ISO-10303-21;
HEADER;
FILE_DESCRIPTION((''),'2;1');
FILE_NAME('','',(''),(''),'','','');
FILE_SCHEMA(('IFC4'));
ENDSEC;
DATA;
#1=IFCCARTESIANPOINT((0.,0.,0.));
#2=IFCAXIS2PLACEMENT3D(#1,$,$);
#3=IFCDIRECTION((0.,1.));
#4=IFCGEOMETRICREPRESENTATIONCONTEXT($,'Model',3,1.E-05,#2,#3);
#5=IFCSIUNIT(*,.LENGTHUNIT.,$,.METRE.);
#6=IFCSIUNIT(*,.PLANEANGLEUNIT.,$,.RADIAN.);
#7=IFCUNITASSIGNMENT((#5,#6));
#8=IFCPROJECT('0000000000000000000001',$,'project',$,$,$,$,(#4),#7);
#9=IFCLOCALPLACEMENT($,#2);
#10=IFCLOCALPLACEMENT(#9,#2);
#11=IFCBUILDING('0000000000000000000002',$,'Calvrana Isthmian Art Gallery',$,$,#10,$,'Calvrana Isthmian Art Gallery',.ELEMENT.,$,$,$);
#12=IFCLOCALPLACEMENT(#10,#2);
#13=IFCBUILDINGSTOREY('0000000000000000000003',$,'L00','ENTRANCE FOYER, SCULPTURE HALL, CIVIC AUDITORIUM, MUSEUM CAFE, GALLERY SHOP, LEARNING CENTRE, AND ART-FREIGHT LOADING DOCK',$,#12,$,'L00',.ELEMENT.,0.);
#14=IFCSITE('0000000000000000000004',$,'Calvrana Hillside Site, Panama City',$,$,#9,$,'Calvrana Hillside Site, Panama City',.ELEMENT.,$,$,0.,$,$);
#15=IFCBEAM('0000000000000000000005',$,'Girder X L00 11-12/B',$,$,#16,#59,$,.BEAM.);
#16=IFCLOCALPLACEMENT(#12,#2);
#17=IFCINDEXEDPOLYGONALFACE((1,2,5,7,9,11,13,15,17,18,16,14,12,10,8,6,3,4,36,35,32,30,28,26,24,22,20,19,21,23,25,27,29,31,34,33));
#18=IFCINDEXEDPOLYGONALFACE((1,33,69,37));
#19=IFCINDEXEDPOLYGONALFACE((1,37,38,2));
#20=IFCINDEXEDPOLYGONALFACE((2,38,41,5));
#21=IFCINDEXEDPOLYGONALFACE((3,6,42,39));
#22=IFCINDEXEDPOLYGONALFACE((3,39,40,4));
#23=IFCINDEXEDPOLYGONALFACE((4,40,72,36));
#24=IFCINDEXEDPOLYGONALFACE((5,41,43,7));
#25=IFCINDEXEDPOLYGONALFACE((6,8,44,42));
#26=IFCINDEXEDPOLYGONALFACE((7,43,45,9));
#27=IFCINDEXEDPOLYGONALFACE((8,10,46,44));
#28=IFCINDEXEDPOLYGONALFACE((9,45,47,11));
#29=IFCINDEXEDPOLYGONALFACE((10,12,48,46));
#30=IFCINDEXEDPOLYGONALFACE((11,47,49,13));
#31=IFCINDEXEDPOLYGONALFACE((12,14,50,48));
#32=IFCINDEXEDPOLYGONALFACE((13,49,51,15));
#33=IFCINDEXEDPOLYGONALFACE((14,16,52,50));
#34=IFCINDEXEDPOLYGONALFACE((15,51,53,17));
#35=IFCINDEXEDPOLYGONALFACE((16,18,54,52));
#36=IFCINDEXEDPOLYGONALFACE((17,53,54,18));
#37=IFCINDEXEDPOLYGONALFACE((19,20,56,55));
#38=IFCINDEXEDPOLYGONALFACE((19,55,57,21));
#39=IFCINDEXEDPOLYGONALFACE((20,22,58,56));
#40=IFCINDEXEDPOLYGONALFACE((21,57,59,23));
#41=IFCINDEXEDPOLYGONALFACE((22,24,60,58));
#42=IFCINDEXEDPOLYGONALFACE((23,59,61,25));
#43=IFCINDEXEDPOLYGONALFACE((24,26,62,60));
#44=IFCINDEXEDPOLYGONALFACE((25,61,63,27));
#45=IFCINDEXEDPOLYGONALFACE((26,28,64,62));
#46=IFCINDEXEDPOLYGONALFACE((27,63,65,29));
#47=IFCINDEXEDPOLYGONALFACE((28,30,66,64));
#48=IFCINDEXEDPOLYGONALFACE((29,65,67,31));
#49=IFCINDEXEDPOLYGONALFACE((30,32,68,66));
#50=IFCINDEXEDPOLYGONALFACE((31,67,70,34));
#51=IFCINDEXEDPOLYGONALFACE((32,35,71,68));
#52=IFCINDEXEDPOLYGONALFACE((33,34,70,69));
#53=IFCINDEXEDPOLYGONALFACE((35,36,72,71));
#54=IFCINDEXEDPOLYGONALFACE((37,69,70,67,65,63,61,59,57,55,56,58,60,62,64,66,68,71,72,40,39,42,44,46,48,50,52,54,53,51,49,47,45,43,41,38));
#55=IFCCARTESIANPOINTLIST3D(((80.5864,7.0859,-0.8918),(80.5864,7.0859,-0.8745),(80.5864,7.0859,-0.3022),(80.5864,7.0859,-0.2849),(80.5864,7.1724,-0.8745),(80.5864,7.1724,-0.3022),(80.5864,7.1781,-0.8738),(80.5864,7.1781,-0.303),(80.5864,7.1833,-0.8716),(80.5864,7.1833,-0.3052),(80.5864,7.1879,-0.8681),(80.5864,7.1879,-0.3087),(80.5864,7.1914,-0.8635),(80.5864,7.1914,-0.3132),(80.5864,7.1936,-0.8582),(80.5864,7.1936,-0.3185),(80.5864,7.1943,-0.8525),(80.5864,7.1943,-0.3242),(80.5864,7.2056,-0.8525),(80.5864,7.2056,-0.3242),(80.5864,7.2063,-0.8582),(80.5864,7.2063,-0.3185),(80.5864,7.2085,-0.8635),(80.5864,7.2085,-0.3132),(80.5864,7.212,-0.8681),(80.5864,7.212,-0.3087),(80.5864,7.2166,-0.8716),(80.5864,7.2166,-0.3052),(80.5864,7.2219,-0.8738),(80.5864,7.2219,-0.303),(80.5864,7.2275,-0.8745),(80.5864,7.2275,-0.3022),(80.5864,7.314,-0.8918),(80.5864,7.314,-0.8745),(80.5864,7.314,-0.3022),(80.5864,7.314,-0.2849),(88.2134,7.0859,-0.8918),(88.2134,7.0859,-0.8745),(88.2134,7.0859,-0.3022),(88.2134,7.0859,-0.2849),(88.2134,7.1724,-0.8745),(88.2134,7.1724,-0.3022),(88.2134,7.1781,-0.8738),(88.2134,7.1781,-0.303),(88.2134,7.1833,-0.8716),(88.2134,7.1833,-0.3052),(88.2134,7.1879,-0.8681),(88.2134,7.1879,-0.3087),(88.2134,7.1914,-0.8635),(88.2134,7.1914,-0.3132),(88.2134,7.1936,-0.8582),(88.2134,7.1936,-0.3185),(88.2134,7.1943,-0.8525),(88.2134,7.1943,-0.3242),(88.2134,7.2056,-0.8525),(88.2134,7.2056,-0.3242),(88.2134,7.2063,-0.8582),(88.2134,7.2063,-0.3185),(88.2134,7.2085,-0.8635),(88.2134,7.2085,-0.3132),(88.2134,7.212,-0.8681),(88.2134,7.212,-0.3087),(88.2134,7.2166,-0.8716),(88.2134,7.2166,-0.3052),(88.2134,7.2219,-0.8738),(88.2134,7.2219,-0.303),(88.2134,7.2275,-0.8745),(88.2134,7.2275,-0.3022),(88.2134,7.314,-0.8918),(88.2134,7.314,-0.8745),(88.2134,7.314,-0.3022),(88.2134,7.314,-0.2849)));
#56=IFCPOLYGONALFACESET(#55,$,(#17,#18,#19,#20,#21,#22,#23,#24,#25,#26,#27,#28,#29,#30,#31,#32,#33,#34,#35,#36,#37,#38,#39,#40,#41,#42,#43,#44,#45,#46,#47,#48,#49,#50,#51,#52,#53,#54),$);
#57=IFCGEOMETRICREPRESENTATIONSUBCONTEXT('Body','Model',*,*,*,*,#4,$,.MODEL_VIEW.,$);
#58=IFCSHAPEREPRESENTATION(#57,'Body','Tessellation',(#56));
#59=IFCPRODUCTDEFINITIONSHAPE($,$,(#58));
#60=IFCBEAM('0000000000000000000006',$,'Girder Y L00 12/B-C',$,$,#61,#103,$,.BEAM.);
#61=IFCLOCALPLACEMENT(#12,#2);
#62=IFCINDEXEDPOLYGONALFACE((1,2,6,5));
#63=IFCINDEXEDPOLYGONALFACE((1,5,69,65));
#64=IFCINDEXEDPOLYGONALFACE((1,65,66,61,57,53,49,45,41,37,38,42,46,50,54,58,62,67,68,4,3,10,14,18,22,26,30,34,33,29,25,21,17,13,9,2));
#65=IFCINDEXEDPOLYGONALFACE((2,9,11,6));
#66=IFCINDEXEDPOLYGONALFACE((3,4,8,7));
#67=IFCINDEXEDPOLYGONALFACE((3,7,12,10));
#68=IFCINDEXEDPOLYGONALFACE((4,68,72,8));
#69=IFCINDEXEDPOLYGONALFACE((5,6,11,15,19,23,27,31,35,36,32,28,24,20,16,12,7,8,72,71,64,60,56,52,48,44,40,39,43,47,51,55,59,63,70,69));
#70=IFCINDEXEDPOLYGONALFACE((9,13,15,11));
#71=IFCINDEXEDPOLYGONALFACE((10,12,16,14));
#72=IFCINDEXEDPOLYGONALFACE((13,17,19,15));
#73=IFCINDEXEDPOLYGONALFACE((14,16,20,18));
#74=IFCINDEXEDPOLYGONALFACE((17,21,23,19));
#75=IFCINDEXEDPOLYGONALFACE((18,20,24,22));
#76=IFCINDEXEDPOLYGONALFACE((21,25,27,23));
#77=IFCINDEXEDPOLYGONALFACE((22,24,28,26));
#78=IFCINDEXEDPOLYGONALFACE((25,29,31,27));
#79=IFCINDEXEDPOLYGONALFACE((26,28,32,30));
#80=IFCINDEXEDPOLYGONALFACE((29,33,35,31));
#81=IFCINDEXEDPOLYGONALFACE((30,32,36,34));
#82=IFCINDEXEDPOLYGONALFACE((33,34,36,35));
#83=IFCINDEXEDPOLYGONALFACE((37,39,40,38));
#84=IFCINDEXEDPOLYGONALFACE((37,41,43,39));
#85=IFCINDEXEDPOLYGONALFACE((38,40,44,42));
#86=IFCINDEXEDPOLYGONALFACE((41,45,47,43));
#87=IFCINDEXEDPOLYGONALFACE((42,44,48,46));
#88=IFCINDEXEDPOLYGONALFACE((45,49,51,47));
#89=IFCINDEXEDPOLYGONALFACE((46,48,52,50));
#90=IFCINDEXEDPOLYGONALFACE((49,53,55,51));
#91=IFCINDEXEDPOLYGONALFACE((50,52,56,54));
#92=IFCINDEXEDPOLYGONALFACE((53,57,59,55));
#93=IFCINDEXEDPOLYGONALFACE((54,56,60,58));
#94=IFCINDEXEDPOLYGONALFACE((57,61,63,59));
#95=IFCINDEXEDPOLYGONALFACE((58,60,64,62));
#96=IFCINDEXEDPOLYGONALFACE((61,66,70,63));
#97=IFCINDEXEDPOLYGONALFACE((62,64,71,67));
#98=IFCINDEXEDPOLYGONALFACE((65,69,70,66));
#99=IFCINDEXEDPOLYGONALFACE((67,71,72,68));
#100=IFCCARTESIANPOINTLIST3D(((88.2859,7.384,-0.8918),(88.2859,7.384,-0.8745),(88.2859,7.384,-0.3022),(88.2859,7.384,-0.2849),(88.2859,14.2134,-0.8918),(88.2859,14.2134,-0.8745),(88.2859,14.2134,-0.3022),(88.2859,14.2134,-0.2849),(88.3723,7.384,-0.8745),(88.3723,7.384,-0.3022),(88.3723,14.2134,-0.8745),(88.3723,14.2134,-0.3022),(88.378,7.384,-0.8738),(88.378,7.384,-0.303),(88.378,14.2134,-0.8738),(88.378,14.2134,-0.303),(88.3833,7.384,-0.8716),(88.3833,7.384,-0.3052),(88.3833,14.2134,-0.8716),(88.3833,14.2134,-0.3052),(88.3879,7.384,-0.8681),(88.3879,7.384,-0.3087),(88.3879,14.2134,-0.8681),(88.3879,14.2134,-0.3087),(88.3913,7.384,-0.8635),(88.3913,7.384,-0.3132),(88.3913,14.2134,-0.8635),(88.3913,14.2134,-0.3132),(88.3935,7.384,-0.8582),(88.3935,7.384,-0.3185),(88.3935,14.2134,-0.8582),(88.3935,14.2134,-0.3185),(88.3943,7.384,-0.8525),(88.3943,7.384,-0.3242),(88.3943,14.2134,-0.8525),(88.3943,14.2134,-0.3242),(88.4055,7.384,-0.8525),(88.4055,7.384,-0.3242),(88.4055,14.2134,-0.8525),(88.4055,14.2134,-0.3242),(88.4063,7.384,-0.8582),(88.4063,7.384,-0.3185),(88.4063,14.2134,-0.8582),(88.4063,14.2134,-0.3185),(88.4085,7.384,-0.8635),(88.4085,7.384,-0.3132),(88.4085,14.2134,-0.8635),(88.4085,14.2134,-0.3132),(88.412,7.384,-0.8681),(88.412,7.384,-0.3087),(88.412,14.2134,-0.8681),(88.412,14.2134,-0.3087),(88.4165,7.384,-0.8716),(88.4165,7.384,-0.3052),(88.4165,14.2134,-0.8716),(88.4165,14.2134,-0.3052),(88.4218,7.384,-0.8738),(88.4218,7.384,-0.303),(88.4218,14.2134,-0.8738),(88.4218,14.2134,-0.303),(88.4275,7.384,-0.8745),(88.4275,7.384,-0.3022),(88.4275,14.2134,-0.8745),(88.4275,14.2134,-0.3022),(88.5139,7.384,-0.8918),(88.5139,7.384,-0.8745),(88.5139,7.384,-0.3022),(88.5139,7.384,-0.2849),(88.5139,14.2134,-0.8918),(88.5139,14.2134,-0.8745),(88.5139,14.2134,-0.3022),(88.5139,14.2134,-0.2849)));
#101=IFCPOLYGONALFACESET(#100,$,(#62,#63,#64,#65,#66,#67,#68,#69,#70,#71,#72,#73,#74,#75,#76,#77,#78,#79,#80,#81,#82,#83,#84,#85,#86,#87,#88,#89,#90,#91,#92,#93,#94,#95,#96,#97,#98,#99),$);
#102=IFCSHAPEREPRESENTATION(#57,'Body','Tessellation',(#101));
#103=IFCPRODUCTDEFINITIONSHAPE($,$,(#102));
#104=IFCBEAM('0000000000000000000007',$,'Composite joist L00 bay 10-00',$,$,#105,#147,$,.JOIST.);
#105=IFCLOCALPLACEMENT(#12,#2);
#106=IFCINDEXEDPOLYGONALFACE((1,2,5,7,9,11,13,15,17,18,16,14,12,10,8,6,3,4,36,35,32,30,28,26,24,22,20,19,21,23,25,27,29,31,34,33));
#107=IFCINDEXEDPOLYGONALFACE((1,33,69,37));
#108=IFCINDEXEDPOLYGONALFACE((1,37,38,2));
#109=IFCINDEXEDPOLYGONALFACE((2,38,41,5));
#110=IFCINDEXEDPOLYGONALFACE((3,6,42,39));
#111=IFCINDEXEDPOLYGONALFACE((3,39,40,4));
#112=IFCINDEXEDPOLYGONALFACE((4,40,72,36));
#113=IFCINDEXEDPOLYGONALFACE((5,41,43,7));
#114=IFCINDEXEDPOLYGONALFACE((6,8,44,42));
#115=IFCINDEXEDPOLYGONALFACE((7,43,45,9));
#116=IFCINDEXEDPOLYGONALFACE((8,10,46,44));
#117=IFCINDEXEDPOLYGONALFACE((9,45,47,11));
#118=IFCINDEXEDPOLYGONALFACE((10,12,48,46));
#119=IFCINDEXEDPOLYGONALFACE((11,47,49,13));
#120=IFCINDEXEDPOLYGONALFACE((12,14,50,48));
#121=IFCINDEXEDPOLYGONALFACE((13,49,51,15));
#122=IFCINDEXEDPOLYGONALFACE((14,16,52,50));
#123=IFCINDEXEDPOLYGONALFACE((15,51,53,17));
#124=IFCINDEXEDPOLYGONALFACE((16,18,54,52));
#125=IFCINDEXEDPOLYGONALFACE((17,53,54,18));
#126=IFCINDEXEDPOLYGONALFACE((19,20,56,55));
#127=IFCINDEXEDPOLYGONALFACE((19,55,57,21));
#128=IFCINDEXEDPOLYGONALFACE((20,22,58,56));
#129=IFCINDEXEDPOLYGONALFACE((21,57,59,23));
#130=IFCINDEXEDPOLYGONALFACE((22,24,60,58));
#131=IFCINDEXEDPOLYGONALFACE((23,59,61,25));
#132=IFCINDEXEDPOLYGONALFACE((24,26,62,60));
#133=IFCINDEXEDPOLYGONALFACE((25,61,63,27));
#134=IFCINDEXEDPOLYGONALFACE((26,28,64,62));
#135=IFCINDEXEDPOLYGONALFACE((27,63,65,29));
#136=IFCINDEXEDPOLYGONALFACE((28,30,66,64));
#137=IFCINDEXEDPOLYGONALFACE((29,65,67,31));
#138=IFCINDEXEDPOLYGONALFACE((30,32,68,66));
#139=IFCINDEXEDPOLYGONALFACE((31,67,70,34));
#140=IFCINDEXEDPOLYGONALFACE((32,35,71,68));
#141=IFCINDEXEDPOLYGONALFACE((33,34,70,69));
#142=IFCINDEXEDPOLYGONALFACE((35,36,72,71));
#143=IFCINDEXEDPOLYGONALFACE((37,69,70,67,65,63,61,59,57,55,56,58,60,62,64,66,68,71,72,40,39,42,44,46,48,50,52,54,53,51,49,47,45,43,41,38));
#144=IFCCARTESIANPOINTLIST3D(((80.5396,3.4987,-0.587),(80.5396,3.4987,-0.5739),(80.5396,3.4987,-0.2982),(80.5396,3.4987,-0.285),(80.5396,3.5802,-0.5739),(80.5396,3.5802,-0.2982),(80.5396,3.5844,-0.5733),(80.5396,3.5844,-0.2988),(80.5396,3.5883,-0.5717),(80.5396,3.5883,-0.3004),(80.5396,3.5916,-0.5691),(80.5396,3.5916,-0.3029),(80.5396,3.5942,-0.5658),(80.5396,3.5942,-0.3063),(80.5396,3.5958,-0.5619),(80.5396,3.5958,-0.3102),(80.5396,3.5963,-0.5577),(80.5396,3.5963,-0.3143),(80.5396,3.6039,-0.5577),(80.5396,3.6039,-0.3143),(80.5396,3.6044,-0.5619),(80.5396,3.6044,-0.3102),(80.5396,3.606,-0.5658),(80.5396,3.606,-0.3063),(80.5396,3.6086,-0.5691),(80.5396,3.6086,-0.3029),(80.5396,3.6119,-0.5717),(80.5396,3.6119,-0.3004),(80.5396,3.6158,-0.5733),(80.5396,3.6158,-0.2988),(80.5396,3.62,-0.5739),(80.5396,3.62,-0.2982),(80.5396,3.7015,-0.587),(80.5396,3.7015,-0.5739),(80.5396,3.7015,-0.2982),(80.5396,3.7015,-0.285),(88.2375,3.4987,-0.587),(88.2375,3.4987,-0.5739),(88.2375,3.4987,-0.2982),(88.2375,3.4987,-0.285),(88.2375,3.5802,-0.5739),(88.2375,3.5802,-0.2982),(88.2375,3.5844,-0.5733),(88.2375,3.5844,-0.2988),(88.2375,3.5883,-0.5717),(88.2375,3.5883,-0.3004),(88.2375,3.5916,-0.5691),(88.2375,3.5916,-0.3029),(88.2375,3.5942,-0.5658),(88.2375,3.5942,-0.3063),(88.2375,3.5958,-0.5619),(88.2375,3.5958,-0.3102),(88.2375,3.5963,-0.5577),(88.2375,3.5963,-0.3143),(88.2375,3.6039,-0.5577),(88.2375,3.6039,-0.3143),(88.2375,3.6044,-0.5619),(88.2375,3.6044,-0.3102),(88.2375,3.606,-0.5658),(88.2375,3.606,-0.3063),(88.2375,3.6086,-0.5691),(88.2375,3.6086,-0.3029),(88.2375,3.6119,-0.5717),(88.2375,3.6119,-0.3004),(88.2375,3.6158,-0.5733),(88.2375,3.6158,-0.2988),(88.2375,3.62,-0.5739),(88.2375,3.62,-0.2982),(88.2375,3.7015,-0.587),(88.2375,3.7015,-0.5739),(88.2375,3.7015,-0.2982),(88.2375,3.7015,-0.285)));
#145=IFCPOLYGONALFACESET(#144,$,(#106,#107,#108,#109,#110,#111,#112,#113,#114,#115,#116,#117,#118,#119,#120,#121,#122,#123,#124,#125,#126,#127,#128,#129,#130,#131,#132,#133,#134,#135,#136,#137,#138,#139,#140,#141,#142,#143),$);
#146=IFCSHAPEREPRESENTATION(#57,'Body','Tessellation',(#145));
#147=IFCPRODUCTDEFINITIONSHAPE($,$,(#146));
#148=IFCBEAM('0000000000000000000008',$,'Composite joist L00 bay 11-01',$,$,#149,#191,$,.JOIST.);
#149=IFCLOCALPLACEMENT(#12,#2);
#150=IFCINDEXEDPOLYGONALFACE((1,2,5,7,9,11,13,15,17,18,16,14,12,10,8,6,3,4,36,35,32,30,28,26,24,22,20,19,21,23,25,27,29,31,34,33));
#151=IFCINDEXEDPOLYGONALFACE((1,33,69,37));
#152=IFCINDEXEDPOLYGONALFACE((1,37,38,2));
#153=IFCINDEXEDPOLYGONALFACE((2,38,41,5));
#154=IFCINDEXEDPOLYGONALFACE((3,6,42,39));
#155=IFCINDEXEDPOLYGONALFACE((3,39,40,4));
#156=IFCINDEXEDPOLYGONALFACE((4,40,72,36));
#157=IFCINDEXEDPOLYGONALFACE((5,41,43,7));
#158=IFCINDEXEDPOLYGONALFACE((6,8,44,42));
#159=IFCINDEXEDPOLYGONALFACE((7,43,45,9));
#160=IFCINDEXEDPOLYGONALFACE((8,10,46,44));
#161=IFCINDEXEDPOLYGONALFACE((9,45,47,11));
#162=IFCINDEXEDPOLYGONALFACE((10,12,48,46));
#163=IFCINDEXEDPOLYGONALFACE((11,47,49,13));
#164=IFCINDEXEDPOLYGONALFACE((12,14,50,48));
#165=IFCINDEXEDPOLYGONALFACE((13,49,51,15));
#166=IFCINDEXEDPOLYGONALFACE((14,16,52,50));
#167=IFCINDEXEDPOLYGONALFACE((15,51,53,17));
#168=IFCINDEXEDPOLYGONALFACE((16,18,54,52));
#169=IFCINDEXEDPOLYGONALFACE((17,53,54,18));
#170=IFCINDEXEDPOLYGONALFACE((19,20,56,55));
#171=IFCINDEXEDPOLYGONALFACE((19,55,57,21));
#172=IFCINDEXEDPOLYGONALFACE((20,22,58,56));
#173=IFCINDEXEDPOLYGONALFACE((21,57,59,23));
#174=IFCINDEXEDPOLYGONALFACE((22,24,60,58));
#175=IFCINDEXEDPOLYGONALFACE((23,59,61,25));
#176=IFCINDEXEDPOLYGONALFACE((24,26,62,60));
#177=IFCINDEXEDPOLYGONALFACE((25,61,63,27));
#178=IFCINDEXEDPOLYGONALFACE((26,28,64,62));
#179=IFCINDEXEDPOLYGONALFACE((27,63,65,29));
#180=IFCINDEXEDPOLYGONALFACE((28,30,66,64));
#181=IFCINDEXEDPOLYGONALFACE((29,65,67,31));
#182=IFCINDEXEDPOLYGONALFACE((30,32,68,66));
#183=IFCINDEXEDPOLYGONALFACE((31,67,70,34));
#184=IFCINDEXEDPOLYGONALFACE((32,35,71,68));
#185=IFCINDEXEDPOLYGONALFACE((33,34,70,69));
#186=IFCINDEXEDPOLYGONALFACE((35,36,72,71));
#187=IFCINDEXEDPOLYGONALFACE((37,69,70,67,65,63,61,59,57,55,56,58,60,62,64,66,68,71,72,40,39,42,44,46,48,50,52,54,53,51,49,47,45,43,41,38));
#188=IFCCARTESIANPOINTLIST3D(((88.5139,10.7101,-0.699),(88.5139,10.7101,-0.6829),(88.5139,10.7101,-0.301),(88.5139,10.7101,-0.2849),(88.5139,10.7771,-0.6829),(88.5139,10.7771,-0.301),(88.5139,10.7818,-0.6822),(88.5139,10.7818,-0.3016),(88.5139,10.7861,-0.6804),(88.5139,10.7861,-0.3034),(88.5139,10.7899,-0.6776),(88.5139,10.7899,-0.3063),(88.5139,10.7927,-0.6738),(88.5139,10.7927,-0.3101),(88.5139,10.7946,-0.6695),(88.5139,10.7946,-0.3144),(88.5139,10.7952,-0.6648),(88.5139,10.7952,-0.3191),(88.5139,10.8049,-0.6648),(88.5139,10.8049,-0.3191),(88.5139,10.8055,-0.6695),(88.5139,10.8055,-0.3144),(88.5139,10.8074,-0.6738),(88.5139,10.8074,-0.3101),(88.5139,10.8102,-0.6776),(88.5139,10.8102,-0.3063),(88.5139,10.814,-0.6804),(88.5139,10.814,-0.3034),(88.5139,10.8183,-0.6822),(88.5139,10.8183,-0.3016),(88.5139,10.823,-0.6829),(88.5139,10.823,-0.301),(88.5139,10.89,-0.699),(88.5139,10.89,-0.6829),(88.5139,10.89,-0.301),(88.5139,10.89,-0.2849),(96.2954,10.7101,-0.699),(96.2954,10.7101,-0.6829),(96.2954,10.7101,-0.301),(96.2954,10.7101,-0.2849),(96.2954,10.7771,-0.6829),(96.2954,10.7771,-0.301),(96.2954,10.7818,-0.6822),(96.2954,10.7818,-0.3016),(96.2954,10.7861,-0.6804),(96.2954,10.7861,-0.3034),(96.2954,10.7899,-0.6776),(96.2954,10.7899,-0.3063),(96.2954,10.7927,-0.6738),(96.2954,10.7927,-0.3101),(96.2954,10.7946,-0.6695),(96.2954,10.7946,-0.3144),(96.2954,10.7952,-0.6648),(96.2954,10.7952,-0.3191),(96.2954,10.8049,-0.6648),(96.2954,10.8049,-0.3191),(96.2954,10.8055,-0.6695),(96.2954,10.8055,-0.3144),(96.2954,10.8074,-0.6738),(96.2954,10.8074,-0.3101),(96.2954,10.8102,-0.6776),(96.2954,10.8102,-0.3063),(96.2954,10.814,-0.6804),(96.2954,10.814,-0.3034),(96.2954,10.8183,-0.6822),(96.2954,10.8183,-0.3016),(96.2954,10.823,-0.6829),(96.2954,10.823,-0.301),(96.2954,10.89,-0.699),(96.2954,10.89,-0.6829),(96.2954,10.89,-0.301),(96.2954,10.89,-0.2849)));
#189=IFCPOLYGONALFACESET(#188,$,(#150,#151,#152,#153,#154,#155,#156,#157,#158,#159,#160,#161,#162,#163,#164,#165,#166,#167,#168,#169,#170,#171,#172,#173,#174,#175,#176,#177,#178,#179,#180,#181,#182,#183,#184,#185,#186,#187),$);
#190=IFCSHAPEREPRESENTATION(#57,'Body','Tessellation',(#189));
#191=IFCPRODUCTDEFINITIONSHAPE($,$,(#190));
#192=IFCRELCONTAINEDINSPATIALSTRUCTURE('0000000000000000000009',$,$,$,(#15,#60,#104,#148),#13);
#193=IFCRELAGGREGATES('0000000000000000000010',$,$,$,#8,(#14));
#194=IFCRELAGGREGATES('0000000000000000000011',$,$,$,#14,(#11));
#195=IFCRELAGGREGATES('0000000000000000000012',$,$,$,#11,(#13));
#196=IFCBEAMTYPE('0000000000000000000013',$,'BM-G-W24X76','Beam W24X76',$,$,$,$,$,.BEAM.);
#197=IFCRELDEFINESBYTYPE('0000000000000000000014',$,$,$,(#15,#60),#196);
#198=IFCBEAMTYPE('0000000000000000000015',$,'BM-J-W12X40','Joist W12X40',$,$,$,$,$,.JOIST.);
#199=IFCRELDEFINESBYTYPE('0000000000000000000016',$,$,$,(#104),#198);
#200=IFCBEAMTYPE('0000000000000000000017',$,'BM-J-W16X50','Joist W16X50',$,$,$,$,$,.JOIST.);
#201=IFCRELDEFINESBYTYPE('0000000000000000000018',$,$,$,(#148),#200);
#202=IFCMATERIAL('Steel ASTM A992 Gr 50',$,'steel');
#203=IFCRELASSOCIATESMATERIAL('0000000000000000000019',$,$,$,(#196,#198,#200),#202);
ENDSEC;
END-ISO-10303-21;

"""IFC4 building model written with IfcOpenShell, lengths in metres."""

from ifc_helpers import new_model, si_unit, direction, frame, origin, origin_2d, place, context, subcontext, project, spatial, i_section, extrude, material, material_profile, profile_set, type_object, element, save


model = new_model("IFC4")

# Units and contexts
model_context = context("Model", 3, precision=1e-05, world=origin(), true_north=direction((0.0, 1.0)))
body_context = subcontext(model_context, "Body", "Model", "MODEL_VIEW")
ifc_project = project(units=[si_unit("LENGTHUNIT", "METRE"), si_unit("PLANEANGLEUNIT", "RADIAN")], contexts=[model_context])

# Site, building, storey
site_placement = place(None, origin())
site = spatial("IfcSite", under=ifc_project, at=site_placement, Name="Calvrana Hillside Site, Panama City", LongName="Calvrana Hillside Site, Panama City", CompositionType="ELEMENT", RefElevation=0.0)
building_placement = place(site_placement, origin())
building = spatial("IfcBuilding", under=site, at=building_placement, Name="Calvrana Isthmian Art Gallery", LongName="Calvrana Isthmian Art Gallery", CompositionType="ELEMENT")
storey_placement = place(building_placement, origin())
storey = spatial("IfcBuildingStorey", under=building, at=storey_placement, Name="L00", Description="ENTRANCE FOYER, SCULPTURE HALL, CIVIC AUDITORIUM, MUSEUM CAFE, GALLERY SHOP, LEARNING CENTRE, AND ART-FREIGHT LOADING DOCK", LongName="L00", CompositionType="ELEMENT", Elevation=0.0)

# Shared definitions
ifc_material_1 = material(Name="Steel ASTM A992 Gr 50", Category="steel")

# Beams
ifc_material_profile_1 = material_profile(ifc_material_1, i_section(OverallWidth=0.228, OverallDepth=0.6069, WebThickness=0.0112, FlangeThickness=0.0173, FilletRadius=0.022, at=origin_2d()), Name="W24X76")
ifc_profile_set_1 = profile_set([ifc_material_profile_1], Name="Steel ASTM A992 Gr 50")
beam_type_1 = type_object("IfcBeamType", Name="BM-G-W24X76", Description="Beam W24X76", PredefinedType="BEAM", material=ifc_profile_set_1)
beam_1_placement = place(storey_placement, frame((80.5864, 7.2, -0.5884), z_axis=(1.0, 0.0, 0.0), x_axis=(0.0, 1.0, 0.0)))
element("IfcBeam", 1, at=beam_1_placement, inside=storey, type_object=beam_type_1, Name="Girder X L00 11-12/B", PredefinedType="BEAM", context=body_context, shape_type="SweptSolid", body=[
    extrude(i_section(OverallWidth=0.228, OverallDepth=0.6069, WebThickness=0.0112, FlangeThickness=0.0173, FilletRadius=0.022, at=origin_2d()), origin(), (0.0, 0.0, 1.0), 7.627),
])
beam_2_placement = place(storey_placement, frame((88.3999, 7.384, -0.5884), z_axis=(0.0, 1.0, 0.0), x_axis=(-1.0, 0.0, 0.0)))
element("IfcBeam", 2, at=beam_2_placement, inside=storey, type_object=beam_type_1, Name="Girder Y L00 12/B-C", PredefinedType="BEAM", context=body_context, shape_type="SweptSolid", body=[
    extrude(i_section(OverallWidth=0.228, OverallDepth=0.6069, WebThickness=0.0112, FlangeThickness=0.0173, FilletRadius=0.022, at=origin_2d()), origin(), (0.0, 0.0, 1.0), 6.8293),
])
ifc_material_profile_2 = material_profile(ifc_material_1, i_section(OverallWidth=0.2029, OverallDepth=0.302, WebThickness=0.0076, FlangeThickness=0.0132, FilletRadius=0.0161, at=origin_2d()), Name="W12X40")
ifc_profile_set_2 = profile_set([ifc_material_profile_2], Name="Steel ASTM A992 Gr 50")
beam_type_2 = type_object("IfcBeamType", Name="BM-J-W12X40", Description="Joist W12X40", PredefinedType="JOIST", material=ifc_profile_set_2)
beam_3_placement = place(storey_placement, frame((80.5396, 3.6001, -0.436), z_axis=(1.0, 0.0, 0.0), x_axis=(0.0, 1.0, 0.0)))
element("IfcBeam", 3, at=beam_3_placement, inside=storey, type_object=beam_type_2, Name="Composite joist L00 bay 10-00", PredefinedType="JOIST", context=body_context, shape_type="SweptSolid", body=[
    extrude(i_section(OverallWidth=0.2029, OverallDepth=0.302, WebThickness=0.0076, FlangeThickness=0.0132, FilletRadius=0.0161, at=origin_2d()), origin(), (0.0, 0.0, 1.0), 7.698),
])
ifc_material_profile_3 = material_profile(ifc_material_1, i_section(OverallWidth=0.1799, OverallDepth=0.4141, WebThickness=0.0098, FlangeThickness=0.0161, FilletRadius=0.0181, at=origin_2d()), Name="W16X50")
ifc_profile_set_3 = profile_set([ifc_material_profile_3], Name="Steel ASTM A992 Gr 50")
beam_type_3 = type_object("IfcBeamType", Name="BM-J-W16X50", Description="Joist W16X50", PredefinedType="JOIST", material=ifc_profile_set_3)
beam_4_placement = place(storey_placement, frame((88.5139, 10.8, -0.4919), z_axis=(1.0, 0.0, 0.0), x_axis=(0.0, 1.0, 0.0)))
element("IfcBeam", 4, at=beam_4_placement, inside=storey, type_object=beam_type_3, Name="Composite joist L00 bay 11-01", PredefinedType="JOIST", context=body_context, shape_type="SweptSolid", body=[
    extrude(i_section(OverallWidth=0.1799, OverallDepth=0.4141, WebThickness=0.0098, FlangeThickness=0.0161, FilletRadius=0.0181, at=origin_2d()), origin(), (0.0, 0.0, 1.0), 7.7815),
])

save(model, "model.ifc")
